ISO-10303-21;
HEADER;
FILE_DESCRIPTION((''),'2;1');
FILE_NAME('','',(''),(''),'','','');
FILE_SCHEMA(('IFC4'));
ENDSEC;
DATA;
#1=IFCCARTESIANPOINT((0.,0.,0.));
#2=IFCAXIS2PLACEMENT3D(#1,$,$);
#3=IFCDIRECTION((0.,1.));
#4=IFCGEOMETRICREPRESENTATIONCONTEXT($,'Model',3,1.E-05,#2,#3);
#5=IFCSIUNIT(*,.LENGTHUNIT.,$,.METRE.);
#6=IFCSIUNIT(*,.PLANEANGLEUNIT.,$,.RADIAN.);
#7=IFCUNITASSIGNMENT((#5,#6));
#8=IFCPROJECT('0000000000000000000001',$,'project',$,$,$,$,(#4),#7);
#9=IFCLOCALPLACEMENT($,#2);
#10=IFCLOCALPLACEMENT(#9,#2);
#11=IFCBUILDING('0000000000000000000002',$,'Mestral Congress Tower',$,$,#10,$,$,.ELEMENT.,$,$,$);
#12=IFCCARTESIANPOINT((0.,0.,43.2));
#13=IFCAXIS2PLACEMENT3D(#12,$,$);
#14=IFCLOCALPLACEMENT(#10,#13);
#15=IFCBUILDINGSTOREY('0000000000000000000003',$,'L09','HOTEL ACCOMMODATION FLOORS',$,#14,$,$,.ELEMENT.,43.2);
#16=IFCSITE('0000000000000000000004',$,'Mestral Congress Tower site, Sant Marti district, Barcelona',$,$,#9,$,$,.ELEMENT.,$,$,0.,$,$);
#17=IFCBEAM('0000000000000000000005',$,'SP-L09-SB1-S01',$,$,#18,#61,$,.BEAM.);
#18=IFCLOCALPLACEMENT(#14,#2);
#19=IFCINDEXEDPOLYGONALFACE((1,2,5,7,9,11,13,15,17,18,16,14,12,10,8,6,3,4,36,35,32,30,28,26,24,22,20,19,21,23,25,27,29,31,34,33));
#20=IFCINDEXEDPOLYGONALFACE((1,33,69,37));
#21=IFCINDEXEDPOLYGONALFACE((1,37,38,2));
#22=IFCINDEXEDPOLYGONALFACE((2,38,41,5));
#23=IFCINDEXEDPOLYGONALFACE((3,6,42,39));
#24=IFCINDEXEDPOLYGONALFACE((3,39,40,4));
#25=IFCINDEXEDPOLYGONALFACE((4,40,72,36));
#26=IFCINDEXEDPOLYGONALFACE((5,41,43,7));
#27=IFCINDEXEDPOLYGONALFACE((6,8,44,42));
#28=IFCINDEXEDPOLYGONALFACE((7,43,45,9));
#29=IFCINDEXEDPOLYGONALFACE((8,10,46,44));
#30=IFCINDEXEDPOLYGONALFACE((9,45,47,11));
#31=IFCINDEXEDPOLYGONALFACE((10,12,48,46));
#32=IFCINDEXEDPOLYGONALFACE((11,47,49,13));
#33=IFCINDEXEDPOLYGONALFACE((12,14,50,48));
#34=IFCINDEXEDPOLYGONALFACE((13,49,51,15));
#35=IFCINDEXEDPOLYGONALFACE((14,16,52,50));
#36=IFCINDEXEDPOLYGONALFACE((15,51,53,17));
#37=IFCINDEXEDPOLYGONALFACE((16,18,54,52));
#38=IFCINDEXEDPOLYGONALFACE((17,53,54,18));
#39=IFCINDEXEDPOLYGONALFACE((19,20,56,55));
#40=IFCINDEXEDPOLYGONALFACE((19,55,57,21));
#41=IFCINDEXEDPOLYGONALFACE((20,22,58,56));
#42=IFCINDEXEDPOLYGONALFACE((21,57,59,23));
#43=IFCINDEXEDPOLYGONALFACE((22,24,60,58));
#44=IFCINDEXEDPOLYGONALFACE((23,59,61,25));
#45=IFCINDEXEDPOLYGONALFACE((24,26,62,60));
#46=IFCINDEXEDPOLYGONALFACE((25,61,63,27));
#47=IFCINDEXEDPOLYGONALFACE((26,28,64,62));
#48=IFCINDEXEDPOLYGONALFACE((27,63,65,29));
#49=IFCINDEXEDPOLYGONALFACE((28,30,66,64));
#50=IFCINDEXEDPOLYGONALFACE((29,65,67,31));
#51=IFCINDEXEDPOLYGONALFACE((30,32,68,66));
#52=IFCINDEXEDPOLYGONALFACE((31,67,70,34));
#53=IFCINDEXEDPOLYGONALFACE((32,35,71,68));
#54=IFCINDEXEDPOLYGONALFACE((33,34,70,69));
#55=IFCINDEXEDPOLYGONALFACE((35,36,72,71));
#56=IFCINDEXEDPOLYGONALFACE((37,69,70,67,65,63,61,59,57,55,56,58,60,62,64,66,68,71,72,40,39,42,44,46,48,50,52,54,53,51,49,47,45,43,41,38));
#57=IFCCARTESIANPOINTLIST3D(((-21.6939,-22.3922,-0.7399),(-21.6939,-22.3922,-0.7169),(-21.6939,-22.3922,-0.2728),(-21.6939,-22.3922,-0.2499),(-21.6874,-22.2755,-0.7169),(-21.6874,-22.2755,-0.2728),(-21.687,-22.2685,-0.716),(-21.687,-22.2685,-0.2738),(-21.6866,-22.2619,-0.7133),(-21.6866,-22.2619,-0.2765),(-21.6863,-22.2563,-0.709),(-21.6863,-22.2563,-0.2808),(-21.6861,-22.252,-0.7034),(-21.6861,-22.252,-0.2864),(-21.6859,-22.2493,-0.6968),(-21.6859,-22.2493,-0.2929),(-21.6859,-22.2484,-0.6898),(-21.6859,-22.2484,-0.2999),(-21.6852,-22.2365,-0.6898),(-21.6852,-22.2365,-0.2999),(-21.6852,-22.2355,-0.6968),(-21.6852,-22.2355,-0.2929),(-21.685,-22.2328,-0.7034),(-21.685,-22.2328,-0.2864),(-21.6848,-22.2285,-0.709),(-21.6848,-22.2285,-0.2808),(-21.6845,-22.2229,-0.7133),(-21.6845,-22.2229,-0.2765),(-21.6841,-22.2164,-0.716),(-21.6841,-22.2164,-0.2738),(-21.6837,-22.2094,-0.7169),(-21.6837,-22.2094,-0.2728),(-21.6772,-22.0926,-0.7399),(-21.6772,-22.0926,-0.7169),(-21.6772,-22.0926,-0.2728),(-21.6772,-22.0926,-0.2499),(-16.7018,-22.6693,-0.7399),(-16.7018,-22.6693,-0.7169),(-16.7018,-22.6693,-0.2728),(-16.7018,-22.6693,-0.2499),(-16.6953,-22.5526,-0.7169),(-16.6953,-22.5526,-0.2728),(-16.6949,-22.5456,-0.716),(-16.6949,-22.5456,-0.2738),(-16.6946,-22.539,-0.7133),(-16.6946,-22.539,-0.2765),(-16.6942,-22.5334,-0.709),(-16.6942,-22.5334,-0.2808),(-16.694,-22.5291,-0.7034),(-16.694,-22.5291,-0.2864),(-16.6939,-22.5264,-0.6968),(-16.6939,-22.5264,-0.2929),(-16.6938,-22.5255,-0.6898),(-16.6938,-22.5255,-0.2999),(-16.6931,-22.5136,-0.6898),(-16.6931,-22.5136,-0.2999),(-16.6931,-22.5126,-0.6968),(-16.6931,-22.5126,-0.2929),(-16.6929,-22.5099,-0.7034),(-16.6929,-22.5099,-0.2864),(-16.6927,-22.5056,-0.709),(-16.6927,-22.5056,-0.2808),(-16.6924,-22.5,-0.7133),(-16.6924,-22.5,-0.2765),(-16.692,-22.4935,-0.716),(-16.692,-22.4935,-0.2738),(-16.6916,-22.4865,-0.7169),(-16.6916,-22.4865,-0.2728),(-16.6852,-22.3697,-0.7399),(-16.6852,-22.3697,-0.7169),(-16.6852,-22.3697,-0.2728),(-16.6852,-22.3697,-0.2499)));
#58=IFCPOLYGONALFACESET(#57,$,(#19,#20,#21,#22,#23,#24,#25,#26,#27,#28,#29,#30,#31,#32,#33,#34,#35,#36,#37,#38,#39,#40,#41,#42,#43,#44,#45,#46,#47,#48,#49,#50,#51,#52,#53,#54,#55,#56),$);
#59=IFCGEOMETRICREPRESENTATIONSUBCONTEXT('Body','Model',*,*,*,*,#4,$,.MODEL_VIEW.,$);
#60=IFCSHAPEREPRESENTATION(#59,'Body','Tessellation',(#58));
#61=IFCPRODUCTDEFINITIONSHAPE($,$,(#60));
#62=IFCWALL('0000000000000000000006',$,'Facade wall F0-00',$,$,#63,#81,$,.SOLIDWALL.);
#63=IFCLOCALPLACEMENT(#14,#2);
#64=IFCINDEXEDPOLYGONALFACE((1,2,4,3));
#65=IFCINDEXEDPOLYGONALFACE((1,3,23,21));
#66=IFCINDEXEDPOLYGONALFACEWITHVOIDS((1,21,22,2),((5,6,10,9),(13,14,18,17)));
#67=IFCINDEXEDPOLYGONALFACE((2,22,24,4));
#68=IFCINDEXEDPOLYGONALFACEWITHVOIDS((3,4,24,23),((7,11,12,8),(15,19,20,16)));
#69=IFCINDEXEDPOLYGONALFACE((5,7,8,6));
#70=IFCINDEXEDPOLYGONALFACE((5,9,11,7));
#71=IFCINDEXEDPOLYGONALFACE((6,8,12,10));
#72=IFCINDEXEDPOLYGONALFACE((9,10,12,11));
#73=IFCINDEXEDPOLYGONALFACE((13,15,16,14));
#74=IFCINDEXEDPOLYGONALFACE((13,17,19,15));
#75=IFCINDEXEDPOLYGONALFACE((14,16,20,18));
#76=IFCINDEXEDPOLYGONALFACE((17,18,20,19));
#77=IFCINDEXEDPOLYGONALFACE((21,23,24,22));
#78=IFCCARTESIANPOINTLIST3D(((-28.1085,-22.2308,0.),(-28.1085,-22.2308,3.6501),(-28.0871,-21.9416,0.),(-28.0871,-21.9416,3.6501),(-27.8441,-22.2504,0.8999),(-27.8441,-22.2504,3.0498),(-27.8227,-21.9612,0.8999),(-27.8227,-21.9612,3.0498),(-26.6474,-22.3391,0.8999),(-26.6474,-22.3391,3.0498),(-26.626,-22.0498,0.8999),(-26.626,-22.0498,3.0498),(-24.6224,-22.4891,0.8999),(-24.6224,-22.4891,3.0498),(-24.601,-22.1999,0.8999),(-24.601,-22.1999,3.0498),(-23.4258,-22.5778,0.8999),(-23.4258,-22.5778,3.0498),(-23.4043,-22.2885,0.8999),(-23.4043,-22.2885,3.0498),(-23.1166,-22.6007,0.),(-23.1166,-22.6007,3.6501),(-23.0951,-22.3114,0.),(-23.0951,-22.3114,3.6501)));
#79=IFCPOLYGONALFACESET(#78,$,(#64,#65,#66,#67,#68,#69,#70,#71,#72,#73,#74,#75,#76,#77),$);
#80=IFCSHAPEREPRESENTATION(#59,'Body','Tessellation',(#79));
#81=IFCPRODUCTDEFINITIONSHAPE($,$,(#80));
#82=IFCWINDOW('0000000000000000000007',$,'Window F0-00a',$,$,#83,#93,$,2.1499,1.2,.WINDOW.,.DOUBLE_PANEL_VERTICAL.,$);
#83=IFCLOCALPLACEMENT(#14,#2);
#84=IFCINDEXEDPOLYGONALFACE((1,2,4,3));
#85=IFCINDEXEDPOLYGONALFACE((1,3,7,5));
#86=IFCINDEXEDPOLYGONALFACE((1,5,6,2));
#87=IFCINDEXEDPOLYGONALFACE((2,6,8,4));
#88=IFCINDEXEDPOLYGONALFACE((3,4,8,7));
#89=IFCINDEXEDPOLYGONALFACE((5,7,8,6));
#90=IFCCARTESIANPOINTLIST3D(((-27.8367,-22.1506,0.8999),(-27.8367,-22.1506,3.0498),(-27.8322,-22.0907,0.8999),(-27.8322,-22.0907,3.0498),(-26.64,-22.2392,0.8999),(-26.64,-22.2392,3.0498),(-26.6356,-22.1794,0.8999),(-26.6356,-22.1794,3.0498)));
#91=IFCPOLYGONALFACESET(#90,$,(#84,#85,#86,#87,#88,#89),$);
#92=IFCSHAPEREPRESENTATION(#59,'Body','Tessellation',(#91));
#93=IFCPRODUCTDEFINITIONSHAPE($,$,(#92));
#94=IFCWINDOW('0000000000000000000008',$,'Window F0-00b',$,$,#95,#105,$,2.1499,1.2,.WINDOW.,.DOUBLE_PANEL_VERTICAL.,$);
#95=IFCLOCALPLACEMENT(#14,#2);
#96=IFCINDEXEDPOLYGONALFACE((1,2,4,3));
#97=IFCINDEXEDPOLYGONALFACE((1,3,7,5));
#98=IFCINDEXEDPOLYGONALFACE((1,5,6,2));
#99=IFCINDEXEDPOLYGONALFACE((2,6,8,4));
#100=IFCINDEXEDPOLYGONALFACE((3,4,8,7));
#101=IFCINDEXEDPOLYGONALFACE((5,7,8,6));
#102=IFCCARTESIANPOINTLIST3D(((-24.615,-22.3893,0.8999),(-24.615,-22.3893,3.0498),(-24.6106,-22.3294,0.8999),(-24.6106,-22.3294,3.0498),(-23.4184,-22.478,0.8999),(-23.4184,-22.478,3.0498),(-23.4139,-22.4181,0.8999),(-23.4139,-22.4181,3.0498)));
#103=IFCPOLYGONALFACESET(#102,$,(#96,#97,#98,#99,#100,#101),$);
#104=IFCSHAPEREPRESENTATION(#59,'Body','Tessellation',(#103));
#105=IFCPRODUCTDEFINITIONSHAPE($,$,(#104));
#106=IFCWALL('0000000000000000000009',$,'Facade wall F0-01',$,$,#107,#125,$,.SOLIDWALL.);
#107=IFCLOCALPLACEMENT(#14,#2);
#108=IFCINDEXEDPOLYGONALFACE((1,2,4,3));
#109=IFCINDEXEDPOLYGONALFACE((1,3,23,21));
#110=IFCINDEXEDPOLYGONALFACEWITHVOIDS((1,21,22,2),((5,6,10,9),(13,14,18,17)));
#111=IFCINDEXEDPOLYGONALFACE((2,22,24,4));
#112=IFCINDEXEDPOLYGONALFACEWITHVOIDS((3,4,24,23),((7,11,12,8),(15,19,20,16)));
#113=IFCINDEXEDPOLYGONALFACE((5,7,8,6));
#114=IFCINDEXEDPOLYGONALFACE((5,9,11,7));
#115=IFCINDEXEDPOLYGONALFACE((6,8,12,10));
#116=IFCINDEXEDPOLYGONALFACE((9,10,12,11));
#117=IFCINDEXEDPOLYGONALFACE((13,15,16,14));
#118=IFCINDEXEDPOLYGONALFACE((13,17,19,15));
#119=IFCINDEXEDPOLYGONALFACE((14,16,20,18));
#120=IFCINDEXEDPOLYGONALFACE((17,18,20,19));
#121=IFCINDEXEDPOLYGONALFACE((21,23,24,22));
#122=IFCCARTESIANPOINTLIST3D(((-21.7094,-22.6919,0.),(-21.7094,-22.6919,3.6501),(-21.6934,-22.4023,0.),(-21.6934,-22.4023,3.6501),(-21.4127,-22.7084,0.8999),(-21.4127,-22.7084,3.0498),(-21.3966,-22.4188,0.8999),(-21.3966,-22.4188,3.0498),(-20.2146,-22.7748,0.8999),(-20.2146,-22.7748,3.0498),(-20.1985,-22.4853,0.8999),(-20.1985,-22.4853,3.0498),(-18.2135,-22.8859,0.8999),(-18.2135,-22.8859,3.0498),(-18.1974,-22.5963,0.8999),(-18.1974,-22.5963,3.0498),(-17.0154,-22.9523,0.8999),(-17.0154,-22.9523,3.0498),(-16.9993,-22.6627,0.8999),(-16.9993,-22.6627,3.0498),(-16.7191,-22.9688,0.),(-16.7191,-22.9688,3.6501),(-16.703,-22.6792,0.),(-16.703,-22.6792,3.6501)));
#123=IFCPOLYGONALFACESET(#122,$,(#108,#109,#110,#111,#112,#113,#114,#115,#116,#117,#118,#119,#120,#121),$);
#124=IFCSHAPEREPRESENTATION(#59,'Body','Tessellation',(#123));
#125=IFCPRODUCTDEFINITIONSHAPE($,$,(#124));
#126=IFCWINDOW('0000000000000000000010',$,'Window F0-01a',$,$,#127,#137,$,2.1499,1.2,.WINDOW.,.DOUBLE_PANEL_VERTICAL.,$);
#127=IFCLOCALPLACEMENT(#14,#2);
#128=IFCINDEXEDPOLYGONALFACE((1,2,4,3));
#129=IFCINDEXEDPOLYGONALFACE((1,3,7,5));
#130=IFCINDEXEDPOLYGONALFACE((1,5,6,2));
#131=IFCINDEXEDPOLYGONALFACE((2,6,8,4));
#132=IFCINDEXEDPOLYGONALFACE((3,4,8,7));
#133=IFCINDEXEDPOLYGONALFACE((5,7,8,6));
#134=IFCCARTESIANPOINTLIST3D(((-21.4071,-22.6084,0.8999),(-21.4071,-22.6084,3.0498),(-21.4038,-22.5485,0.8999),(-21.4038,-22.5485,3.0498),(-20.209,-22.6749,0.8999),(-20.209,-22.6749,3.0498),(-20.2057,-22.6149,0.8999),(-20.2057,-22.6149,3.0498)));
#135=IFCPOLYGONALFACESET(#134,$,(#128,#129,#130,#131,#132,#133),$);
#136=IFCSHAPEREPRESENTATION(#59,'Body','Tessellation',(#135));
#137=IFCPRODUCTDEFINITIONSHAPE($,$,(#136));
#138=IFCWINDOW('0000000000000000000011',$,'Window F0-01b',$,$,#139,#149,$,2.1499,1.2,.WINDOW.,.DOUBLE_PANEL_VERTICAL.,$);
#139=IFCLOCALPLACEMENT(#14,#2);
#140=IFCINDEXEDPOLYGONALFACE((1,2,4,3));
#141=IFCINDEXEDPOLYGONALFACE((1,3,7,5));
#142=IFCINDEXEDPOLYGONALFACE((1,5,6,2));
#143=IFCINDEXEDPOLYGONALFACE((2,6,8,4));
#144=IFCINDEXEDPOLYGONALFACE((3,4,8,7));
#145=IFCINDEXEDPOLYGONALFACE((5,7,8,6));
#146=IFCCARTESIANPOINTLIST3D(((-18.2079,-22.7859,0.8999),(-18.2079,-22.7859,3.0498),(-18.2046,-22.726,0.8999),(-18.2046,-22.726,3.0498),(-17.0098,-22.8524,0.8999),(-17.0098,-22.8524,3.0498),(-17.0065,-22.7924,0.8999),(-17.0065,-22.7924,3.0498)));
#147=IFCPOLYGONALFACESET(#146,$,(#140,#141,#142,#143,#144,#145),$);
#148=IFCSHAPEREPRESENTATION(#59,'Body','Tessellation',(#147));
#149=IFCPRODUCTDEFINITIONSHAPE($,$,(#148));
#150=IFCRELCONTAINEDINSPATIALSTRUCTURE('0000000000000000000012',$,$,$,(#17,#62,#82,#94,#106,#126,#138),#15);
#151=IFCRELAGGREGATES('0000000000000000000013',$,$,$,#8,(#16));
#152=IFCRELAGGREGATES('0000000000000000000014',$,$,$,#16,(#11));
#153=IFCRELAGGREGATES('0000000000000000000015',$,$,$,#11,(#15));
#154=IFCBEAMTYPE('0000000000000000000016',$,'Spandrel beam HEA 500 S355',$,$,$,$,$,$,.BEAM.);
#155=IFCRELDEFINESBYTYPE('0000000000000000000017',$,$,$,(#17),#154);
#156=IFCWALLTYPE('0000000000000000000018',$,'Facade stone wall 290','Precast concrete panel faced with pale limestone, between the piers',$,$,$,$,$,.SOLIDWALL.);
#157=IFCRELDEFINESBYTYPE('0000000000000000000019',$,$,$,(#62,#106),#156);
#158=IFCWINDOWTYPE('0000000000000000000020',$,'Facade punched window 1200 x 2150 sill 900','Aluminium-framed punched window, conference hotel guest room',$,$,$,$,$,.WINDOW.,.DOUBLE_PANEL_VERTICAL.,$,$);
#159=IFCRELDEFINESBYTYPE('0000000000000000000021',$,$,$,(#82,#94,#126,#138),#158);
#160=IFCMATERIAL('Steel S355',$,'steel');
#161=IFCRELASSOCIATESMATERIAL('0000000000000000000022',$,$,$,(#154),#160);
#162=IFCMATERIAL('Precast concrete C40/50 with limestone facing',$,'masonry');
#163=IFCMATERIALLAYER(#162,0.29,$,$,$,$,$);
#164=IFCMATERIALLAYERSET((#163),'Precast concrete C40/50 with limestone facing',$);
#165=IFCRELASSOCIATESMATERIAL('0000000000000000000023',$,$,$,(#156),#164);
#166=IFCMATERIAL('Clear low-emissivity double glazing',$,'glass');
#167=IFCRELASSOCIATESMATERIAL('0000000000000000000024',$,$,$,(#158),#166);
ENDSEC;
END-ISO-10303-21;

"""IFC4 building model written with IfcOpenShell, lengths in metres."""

from ifc_helpers import new_model, si_unit, direction, frame, frame_2d, origin, origin_2d, place, context, subcontext, project, spatial, rectangle, i_section, extrude, material, layer, layer_set, material_profile, profile_set, type_object, element, fill, save


model = new_model("IFC4")

# Units and contexts
model_context = context("Model", 3, precision=1e-05, world=origin(), true_north=direction((0.0, 1.0)))
body_context = subcontext(model_context, "Body", "Model", "MODEL_VIEW")
ifc_project = project(units=[si_unit("LENGTHUNIT", "METRE"), si_unit("PLANEANGLEUNIT", "RADIAN")], contexts=[model_context])

# Site, building, storey
site_placement = place(None, origin())
site = spatial("IfcSite", under=ifc_project, at=site_placement, Name="Mestral Congress Tower site, Sant Marti district, Barcelona", CompositionType="ELEMENT", RefElevation=0.0)
building_placement = place(site_placement, origin())
building = spatial("IfcBuilding", under=site, at=building_placement, Name="Mestral Congress Tower", CompositionType="ELEMENT")
storey_placement = place(building_placement, frame((0.0, 0.0, 43.2)))
storey = spatial("IfcBuildingStorey", under=building, at=storey_placement, Name="L09", Description="HOTEL ACCOMMODATION FLOORS", CompositionType="ELEMENT", Elevation=43.2)

# Beam
ifc_material_1 = material(Name="Steel S355", Category="steel")
ifc_material_profile_1 = material_profile(ifc_material_1, i_section(OverallWidth=0.3, OverallDepth=0.49, WebThickness=0.012, FlangeThickness=0.0229, FilletRadius=0.0271, at=origin_2d()), Name="HEA 500")
ifc_profile_set_1 = profile_set([ifc_material_profile_1], Name="Steel S355")
beam_type_1 = type_object("IfcBeamType", Name="Spandrel beam HEA 500 S355", PredefinedType="BEAM", material=ifc_profile_set_1)
beam_1_placement = place(storey_placement, frame((-21.6855, -22.2424, -0.4949), z_axis=(0.998463, -0.055421, 0.0), x_axis=(0.055421, 0.998463, 0.0)))
element("IfcBeam", 1, at=beam_1_placement, inside=storey, type_object=beam_type_1, Name="SP-L09-SB1-S01", PredefinedType="BEAM", context=body_context, shape_type="SweptSolid", body=[
    extrude(i_section(OverallWidth=0.3, OverallDepth=0.49, WebThickness=0.012, FlangeThickness=0.0229, FilletRadius=0.0271, at=origin_2d()), origin(), (0.0, 0.0, 1.0), 4.9998),
])

# Walls, openings, windows
ifc_material_2 = material(Name="Precast concrete C40/50 with limestone facing", Category="masonry")
ifc_layer_1 = layer(ifc_material_2, 0.29)
ifc_layer_set_1 = layer_set([ifc_layer_1], Name="Precast concrete C40/50 with limestone facing")
wall_type_1 = type_object("IfcWallType", Name="Facade stone wall 290", Description="Precast concrete panel faced with pale limestone, between the piers", PredefinedType="SOLIDWALL", material=ifc_layer_set_1)
wall_1_placement = place(storey_placement, frame((-28.0979, -22.0862, 0.0), z_axis=(0.0, 0.0, 1.0), x_axis=(0.997266, -0.073891, 0.0)))
wall_1 = element("IfcWall", 2, at=wall_1_placement, inside=storey, type_object=wall_type_1, Name="Facade wall F0-00", PredefinedType="SOLIDWALL", context=body_context, shape_type="SweptSolid", body=[
    extrude(rectangle(XDim=5.0056, YDim=0.29, at=frame_2d((2.5029, 0.0))), origin(), (0.0, 0.0, 1.0), 3.6501),
])
opening_1_placement = place(wall_1_placement, frame((0.2651, 0.0, 0.8999)))
opening_1 = element("IfcOpeningElement", 3, at=opening_1_placement, cuts=wall_1, PredefinedType="OPENING", context=body_context, shape_type="SweptSolid", body=[
    extrude(rectangle(XDim=1.2, YDim=2.1499, at=frame_2d((0.6001, 1.075))), frame((0.0, 0.155, 0.0), z_axis=(0.0, -1.0, 0.0), x_axis=(1.0, 0.0, 0.0)), (0.0, 0.0, 1.0), 0.3101),
])
opening_2_placement = place(wall_1_placement, frame((3.4956, 0.0, 0.8999)))
opening_2 = element("IfcOpeningElement", 4, at=opening_2_placement, cuts=wall_1, PredefinedType="OPENING", context=body_context, shape_type="SweptSolid", body=[
    extrude(rectangle(XDim=1.2, YDim=2.1499, at=frame_2d((0.6001, 1.075))), frame((0.0, 0.155, 0.0), z_axis=(0.0, -1.0, 0.0), x_axis=(1.0, 0.0, 0.0)), (0.0, 0.0, 1.0), 0.3101),
])
ifc_material_3 = material(Name="Clear low-emissivity double glazing", Category="glass")
window_type = type_object("IfcWindowType", Name="Facade punched window 1200 x 2150 sill 900", Description="Aluminium-framed punched window, conference hotel guest room", PartitioningType="DOUBLE_PANEL_VERTICAL", PredefinedType="WINDOW", material=ifc_material_3)
window_1_placement = place(opening_1_placement, origin())
window_1 = element("IfcWindow", 5, at=window_1_placement, inside=storey, type_object=window_type, Name="Window F0-00a", OverallHeight=2.1499, OverallWidth=1.2, PartitioningType="DOUBLE_PANEL_VERTICAL", PredefinedType="WINDOW", context=body_context, shape_type="SweptSolid", body=[
    extrude(rectangle(XDim=1.2, YDim=2.1499, at=frame_2d((0.6001, 1.075))), frame((0.0, 0.0151, 0.0), z_axis=(0.0, -1.0, 0.0), x_axis=(1.0, 0.0, 0.0)), (0.0, 0.0, 1.0), 0.0601),
])
fill(opening_1, window_1)
window_2_placement = place(opening_2_placement, origin())
window_2 = element("IfcWindow", 6, at=window_2_placement, inside=storey, type_object=window_type, Name="Window F0-00b", OverallHeight=2.1499, OverallWidth=1.2, PartitioningType="DOUBLE_PANEL_VERTICAL", PredefinedType="WINDOW", context=body_context, shape_type="SweptSolid", body=[
    extrude(rectangle(XDim=1.2, YDim=2.1499, at=frame_2d((0.6001, 1.075))), frame((0.0, 0.0151, 0.0), z_axis=(0.0, -1.0, 0.0), x_axis=(1.0, 0.0, 0.0)), (0.0, 0.0, 1.0), 0.0601),
])
fill(opening_2, window_2)
wall_2_placement = place(storey_placement, frame((-21.7014, -22.5471, 0.0), z_axis=(0.0, 0.0, 1.0), x_axis=(0.998465, -0.055392, 0.0)))
wall_2 = element("IfcWall", 7, at=wall_2_placement, inside=storey, type_object=wall_type_1, Name="Facade wall F0-01", PredefinedType="SOLIDWALL", context=body_context, shape_type="SweptSolid", body=[
    extrude(rectangle(XDim=4.998, YDim=0.29, at=frame_2d((2.499, 0.0))), origin(), (0.0, 0.0, 1.0), 3.6501),
])
opening_3_placement = place(wall_2_placement, frame((0.2971, 0.0, 0.8999)))
opening_3 = element("IfcOpeningElement", 8, at=opening_3_placement, cuts=wall_2, PredefinedType="OPENING", context=body_context, shape_type="SweptSolid", body=[
    extrude(rectangle(XDim=1.2, YDim=2.1499, at=frame_2d((0.6001, 1.075))), frame((0.0, 0.155, 0.0), z_axis=(0.0, -1.0, 0.0), x_axis=(1.0, 0.0, 0.0)), (0.0, 0.0, 1.0), 0.3101),
])
opening_4_placement = place(wall_2_placement, frame((3.5012, 0.0, 0.8999)))
opening_4 = element("IfcOpeningElement", 9, at=opening_4_placement, cuts=wall_2, PredefinedType="OPENING", context=body_context, shape_type="SweptSolid", body=[
    extrude(rectangle(XDim=1.2, YDim=2.1499, at=frame_2d((0.6001, 1.075))), frame((0.0, 0.155, 0.0), z_axis=(0.0, -1.0, 0.0), x_axis=(1.0, 0.0, 0.0)), (0.0, 0.0, 1.0), 0.3101),
])
window_3_placement = place(opening_3_placement, origin())
window_3 = element("IfcWindow", 10, at=window_3_placement, inside=storey, type_object=window_type, Name="Window F0-01a", OverallHeight=2.1499, OverallWidth=1.2, PartitioningType="DOUBLE_PANEL_VERTICAL", PredefinedType="WINDOW", context=body_context, shape_type="SweptSolid", body=[
    extrude(rectangle(XDim=1.2, YDim=2.1499, at=frame_2d((0.6001, 1.075))), frame((0.0, 0.0151, 0.0), z_axis=(0.0, -1.0, 0.0), x_axis=(1.0, 0.0, 0.0)), (0.0, 0.0, 1.0), 0.0601),
])
fill(opening_3, window_3)
window_4_placement = place(opening_4_placement, origin())
window_4 = element("IfcWindow", 11, at=window_4_placement, inside=storey, type_object=window_type, Name="Window F0-01b", OverallHeight=2.1499, OverallWidth=1.2, PartitioningType="DOUBLE_PANEL_VERTICAL", PredefinedType="WINDOW", context=body_context, shape_type="SweptSolid", body=[
    extrude(rectangle(XDim=1.2, YDim=2.1499, at=frame_2d((0.6001, 1.075))), frame((0.0, 0.0151, 0.0), z_axis=(0.0, -1.0, 0.0), x_axis=(1.0, 0.0, 0.0)), (0.0, 0.0, 1.0), 0.0601),
])
fill(opening_4, window_4)

save(model, "model.ifc")
